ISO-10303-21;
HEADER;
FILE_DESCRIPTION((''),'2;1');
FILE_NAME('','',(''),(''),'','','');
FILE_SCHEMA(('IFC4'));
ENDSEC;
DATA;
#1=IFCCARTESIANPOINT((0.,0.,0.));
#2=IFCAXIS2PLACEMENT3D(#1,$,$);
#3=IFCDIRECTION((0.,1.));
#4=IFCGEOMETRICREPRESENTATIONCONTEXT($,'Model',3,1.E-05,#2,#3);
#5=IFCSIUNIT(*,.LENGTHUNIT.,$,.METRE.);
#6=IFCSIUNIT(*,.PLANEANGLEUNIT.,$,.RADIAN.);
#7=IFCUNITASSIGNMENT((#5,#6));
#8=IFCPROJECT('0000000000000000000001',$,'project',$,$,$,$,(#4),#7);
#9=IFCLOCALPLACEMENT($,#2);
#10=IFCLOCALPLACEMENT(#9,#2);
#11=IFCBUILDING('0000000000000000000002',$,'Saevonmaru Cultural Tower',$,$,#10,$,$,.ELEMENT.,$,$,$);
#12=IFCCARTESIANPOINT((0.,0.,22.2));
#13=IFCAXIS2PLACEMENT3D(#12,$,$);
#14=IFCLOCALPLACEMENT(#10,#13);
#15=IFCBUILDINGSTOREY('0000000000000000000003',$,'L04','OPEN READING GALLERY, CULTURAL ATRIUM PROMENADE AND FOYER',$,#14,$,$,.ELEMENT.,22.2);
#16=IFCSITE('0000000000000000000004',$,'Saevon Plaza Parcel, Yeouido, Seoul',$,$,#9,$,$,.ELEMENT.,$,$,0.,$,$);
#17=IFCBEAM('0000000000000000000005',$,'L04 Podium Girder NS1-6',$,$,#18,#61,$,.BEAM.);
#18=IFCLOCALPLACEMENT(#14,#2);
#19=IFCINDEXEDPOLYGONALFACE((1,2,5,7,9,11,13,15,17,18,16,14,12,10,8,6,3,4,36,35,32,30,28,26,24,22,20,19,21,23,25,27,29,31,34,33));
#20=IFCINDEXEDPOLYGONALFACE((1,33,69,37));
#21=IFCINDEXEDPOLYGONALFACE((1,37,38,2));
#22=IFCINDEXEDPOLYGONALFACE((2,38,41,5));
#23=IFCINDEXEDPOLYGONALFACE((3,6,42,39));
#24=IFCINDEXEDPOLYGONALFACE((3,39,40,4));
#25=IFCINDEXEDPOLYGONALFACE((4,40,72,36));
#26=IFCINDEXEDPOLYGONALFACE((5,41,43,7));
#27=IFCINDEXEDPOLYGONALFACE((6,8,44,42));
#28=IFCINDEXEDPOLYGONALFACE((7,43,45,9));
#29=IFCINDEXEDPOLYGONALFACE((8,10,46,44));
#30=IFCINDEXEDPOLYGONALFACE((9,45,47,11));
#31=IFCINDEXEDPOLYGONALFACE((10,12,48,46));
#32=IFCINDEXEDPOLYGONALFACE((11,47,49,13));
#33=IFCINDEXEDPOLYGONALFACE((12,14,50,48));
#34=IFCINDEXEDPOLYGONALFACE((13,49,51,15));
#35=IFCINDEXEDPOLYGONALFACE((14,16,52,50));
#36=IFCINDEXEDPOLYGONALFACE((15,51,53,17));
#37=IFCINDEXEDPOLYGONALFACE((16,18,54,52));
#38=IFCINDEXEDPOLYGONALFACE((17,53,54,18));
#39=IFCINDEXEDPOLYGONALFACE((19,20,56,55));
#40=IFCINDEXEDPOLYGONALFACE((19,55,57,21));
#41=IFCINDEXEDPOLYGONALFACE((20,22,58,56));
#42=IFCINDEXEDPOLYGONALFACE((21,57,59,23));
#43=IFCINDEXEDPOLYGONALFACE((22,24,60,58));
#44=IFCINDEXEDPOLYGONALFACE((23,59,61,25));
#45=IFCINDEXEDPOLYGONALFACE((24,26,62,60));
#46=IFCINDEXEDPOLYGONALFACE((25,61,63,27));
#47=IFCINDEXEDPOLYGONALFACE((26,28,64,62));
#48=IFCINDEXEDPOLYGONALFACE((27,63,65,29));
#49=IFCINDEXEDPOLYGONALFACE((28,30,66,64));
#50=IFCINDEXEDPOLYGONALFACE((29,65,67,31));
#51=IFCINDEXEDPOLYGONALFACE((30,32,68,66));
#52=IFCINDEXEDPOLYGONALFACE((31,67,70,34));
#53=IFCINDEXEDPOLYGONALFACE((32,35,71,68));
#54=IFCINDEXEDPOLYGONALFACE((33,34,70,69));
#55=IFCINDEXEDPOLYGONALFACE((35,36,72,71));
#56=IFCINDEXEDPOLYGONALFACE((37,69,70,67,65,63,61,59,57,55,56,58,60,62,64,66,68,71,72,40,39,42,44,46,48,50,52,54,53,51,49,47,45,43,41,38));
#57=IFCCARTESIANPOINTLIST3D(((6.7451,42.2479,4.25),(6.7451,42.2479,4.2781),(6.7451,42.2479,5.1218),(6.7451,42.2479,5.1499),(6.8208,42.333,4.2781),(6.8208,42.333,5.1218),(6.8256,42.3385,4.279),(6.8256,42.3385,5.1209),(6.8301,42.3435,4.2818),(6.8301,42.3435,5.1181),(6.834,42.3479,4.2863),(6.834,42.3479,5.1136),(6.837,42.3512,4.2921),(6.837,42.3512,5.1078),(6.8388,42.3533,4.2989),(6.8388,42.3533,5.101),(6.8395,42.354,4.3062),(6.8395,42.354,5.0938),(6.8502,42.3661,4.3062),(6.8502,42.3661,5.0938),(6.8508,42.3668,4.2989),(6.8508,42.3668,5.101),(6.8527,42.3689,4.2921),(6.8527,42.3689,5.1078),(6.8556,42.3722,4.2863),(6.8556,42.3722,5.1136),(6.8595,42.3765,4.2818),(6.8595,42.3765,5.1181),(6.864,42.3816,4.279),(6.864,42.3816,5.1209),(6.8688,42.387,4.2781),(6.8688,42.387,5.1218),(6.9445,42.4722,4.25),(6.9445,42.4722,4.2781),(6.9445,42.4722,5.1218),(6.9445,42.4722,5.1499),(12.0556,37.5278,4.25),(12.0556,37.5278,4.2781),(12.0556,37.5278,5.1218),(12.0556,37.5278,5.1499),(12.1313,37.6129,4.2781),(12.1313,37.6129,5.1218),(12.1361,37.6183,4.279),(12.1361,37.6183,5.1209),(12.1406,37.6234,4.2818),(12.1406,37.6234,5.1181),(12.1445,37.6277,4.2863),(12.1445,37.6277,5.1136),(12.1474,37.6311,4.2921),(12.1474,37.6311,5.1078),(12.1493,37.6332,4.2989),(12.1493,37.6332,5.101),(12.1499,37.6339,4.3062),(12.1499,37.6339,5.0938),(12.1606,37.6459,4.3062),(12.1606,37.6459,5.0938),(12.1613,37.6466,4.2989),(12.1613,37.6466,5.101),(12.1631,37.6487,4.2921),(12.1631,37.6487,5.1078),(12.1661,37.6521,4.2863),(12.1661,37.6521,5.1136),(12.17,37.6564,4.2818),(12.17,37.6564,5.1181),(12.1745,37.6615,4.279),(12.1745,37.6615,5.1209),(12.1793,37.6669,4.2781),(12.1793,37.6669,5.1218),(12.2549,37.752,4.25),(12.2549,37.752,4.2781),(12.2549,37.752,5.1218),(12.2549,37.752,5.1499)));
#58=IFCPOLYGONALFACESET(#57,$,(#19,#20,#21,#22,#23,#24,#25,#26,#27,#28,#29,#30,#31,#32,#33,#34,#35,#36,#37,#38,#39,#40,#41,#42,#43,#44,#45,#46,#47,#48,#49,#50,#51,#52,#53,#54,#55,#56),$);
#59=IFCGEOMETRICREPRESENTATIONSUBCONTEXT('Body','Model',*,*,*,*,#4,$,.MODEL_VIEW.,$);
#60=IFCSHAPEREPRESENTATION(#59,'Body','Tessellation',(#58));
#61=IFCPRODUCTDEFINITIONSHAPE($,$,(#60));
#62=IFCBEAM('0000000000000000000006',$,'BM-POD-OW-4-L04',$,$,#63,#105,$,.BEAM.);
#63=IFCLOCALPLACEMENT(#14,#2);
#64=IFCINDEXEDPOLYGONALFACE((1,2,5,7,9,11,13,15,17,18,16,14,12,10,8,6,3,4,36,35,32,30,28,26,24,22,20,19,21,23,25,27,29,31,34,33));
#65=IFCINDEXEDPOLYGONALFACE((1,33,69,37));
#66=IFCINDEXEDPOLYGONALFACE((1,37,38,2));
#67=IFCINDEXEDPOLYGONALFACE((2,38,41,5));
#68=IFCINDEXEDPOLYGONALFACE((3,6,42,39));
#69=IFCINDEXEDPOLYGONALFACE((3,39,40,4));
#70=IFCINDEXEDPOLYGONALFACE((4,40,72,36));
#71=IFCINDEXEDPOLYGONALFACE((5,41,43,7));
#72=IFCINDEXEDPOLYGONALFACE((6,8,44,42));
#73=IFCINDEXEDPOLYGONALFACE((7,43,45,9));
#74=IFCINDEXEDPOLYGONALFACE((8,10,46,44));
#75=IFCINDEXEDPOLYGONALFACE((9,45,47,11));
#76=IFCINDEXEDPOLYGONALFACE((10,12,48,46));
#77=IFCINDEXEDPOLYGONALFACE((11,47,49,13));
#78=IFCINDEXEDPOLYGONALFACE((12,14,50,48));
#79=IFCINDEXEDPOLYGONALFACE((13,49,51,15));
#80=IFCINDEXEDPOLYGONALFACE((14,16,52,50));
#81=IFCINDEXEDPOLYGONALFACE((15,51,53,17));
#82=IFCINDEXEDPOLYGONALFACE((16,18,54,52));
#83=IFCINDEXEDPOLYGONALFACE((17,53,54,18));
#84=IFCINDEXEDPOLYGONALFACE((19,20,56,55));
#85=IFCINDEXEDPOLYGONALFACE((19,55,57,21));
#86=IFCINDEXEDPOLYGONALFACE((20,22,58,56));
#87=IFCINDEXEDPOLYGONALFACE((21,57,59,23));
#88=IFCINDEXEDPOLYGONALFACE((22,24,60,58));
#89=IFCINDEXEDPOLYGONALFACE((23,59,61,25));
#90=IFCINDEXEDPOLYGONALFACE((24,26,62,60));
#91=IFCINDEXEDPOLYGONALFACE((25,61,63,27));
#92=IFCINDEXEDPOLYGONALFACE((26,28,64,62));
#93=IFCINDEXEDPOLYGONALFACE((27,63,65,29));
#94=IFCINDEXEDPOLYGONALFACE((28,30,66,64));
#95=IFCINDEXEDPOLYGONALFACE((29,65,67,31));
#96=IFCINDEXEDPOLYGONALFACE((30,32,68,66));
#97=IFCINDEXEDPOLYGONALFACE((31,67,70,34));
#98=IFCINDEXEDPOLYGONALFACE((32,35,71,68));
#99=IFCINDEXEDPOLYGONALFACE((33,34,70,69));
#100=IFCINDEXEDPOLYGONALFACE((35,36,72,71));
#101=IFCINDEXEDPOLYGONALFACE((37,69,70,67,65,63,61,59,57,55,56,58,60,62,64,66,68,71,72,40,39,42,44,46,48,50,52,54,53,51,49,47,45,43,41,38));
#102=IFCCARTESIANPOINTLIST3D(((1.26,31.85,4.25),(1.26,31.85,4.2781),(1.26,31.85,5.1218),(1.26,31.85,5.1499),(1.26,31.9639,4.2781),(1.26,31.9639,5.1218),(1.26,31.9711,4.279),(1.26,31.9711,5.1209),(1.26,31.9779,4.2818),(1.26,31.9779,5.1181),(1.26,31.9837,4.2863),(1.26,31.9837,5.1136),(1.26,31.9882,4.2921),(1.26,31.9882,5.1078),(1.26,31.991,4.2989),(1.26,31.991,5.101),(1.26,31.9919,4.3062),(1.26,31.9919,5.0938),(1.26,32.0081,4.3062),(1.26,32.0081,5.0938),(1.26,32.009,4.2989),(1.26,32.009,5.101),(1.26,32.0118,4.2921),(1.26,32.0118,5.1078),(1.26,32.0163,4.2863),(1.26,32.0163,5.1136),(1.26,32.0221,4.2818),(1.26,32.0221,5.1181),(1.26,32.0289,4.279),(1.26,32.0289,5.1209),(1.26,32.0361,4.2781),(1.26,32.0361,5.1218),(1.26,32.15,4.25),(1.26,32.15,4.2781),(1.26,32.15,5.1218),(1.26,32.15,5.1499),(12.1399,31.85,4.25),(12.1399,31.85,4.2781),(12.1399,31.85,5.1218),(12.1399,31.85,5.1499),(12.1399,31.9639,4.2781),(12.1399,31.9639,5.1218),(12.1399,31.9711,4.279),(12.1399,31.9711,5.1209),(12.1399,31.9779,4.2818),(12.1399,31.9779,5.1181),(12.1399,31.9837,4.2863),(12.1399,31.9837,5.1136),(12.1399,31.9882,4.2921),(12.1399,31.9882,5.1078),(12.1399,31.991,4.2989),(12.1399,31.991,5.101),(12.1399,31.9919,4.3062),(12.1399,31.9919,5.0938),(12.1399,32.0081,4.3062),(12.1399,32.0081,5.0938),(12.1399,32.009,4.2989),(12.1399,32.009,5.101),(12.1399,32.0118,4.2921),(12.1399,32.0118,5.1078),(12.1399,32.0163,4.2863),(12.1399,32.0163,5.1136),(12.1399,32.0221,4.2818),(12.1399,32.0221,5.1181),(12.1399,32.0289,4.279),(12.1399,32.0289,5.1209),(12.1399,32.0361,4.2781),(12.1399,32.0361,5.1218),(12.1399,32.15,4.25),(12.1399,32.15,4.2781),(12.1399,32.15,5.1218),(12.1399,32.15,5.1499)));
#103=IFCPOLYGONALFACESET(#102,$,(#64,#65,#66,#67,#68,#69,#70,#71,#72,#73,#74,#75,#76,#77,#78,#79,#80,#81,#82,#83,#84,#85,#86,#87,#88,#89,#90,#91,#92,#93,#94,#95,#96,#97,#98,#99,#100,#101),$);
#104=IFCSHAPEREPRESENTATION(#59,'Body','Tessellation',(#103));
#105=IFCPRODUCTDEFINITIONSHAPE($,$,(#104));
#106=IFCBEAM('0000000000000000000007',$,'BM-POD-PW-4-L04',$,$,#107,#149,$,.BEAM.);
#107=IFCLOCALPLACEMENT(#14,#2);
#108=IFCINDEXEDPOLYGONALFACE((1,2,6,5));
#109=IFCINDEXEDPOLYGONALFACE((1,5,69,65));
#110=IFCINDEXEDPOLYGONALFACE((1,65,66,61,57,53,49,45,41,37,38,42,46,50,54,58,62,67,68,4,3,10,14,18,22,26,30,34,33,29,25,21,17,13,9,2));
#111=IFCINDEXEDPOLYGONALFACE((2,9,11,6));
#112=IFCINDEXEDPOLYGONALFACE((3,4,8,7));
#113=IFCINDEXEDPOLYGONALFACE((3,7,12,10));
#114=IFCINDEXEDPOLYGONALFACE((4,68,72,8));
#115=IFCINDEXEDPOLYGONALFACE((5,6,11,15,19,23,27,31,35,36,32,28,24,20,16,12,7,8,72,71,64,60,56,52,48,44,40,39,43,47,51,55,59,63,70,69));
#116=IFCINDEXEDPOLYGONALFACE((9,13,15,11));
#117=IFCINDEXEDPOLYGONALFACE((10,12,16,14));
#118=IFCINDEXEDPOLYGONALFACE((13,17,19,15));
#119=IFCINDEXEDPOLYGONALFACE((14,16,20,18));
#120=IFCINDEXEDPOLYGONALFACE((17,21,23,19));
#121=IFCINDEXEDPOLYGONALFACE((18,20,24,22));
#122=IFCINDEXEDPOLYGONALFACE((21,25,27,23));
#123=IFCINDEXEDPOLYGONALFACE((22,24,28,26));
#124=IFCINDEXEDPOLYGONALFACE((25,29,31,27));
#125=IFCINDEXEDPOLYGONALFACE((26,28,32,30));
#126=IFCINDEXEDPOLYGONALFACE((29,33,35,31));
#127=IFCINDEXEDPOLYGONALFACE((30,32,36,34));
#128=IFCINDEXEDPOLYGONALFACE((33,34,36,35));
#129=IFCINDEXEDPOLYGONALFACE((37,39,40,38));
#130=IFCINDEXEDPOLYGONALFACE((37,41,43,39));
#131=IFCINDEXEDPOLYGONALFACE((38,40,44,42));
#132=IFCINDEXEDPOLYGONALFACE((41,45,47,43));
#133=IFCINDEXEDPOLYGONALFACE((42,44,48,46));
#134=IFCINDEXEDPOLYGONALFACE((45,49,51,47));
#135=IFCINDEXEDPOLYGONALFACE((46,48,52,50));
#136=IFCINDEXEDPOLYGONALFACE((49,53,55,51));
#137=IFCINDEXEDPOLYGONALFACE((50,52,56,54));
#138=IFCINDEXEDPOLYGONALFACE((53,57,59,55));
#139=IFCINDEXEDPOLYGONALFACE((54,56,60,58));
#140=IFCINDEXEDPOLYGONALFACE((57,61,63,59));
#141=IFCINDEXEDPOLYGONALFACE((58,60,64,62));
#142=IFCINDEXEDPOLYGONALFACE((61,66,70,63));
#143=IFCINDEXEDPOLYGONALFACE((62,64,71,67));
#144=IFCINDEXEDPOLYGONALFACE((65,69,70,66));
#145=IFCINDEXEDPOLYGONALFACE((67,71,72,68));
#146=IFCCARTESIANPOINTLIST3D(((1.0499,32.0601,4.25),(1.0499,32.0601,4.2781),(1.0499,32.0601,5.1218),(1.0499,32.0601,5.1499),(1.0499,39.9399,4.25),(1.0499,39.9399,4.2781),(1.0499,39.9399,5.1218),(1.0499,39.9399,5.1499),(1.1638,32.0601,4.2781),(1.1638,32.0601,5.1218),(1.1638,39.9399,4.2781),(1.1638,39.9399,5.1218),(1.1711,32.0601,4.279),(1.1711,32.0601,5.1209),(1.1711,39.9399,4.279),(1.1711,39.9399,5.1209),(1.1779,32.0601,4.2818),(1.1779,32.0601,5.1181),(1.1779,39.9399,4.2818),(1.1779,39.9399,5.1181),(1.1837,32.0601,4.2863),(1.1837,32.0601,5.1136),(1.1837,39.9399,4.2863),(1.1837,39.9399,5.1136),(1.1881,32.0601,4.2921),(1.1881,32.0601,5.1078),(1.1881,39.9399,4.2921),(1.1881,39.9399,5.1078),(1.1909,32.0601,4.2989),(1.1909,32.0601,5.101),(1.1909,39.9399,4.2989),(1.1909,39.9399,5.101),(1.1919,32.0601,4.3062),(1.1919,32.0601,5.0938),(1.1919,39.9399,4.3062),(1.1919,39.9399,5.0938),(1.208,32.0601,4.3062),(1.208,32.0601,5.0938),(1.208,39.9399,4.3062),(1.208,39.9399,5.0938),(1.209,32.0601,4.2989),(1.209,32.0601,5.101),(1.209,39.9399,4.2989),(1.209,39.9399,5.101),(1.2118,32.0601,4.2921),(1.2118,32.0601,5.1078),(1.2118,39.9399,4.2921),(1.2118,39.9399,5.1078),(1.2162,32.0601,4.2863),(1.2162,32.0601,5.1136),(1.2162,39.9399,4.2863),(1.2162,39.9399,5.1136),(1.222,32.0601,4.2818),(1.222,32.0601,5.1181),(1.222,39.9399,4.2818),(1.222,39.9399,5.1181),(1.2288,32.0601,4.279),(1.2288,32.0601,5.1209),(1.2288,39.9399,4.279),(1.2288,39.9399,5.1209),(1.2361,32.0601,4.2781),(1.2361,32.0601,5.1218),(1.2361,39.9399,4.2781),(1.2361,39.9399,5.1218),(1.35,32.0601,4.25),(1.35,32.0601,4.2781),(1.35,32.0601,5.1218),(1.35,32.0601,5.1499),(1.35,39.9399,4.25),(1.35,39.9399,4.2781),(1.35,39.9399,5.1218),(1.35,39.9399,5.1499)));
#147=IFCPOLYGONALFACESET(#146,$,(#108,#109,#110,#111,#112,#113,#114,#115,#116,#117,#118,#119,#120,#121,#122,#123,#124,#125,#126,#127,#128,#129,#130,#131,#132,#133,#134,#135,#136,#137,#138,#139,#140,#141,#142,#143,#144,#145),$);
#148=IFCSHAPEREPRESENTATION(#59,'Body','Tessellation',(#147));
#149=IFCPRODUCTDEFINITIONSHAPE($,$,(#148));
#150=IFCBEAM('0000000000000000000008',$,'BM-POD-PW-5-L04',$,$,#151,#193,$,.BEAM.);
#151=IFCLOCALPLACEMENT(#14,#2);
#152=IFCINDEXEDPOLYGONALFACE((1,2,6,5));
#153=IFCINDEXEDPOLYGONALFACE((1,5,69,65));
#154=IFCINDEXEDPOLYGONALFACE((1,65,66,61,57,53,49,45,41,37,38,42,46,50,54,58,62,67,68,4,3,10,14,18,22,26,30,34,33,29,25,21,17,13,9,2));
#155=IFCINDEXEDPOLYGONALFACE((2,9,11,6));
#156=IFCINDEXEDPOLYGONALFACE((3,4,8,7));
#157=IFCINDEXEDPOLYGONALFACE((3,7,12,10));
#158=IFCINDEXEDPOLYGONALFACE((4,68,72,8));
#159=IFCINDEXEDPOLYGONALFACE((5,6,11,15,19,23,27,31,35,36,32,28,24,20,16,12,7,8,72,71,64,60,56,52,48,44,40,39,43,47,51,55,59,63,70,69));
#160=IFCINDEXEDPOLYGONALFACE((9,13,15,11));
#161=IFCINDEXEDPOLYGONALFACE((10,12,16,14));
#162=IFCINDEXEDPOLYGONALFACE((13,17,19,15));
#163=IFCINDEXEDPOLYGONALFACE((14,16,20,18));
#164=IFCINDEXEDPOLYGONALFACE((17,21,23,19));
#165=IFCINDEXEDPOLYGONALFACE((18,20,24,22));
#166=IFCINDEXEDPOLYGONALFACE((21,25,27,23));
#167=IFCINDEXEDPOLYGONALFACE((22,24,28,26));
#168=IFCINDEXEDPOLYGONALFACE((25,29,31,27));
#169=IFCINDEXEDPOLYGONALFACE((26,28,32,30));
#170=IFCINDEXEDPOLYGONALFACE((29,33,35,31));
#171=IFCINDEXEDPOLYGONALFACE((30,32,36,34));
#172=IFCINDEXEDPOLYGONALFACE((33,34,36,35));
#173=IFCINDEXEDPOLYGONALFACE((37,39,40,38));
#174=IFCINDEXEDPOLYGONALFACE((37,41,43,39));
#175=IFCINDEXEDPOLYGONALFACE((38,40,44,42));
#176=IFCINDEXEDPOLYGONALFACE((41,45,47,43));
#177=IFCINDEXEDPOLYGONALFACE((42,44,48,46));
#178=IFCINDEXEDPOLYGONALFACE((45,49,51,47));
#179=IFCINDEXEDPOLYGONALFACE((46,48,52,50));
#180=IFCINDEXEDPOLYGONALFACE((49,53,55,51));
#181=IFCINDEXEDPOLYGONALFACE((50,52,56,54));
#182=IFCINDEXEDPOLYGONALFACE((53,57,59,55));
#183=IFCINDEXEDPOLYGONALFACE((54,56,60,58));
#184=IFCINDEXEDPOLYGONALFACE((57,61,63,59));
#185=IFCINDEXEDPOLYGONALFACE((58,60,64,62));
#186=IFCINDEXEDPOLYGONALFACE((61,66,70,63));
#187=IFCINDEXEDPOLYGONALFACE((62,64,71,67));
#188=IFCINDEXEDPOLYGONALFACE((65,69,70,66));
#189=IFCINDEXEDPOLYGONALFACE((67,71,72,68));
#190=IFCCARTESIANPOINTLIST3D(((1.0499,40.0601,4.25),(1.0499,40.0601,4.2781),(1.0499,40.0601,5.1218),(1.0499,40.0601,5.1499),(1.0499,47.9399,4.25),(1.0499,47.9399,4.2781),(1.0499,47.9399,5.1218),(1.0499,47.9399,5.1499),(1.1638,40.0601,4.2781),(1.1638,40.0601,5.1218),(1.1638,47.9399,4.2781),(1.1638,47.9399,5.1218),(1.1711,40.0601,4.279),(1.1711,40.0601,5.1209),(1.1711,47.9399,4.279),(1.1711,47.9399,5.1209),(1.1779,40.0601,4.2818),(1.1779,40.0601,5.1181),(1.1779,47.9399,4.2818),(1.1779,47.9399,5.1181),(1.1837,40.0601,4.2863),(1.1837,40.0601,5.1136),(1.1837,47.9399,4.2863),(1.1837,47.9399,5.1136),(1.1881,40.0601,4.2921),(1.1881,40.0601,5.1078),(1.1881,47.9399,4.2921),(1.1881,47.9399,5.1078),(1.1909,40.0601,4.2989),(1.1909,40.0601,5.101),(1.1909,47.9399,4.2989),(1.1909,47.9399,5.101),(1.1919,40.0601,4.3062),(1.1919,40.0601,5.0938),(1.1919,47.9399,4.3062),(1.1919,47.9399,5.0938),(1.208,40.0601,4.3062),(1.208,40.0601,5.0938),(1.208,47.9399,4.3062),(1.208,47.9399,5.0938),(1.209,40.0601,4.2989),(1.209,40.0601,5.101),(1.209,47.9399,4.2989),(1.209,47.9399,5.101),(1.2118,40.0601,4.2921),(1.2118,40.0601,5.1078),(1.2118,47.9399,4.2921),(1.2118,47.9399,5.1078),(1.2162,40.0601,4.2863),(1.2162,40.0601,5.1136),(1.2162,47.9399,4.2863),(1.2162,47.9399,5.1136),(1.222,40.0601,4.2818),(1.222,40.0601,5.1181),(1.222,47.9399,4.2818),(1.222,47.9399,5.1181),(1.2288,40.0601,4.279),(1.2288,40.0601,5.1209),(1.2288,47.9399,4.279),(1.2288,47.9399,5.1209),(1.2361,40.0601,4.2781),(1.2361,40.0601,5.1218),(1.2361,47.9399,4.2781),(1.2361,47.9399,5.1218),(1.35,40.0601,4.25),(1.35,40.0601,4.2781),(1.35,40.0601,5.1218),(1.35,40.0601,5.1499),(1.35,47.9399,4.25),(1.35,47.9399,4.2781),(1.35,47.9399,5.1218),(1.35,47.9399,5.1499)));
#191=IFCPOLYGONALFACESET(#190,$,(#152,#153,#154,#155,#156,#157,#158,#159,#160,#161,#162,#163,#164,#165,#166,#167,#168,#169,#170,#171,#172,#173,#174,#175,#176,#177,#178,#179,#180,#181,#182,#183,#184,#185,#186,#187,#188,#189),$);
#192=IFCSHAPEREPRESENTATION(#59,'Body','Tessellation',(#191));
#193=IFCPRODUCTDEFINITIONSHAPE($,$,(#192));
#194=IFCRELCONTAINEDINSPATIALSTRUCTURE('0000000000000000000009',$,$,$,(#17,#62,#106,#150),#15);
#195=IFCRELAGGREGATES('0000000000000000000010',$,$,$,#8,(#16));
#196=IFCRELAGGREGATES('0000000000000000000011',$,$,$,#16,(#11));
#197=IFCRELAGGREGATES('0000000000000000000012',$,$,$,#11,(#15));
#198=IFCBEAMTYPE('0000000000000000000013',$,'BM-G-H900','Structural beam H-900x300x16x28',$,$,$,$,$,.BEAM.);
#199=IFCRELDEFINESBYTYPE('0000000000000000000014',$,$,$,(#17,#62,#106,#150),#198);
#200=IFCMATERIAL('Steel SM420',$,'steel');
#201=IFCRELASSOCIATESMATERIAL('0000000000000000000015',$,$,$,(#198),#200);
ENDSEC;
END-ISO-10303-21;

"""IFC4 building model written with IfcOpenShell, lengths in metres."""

from ifc_helpers import new_model, si_unit, direction, frame, origin, origin_2d, place, context, subcontext, project, spatial, i_section, extrude, material, material_profile, profile_set, type_object, element, save


model = new_model("IFC4")

# Units and contexts
model_context = context("Model", 3, precision=1e-05, world=origin(), true_north=direction((0.0, 1.0)))
body_context = subcontext(model_context, "Body", "Model", "MODEL_VIEW")
ifc_project = project(units=[si_unit("LENGTHUNIT", "METRE"), si_unit("PLANEANGLEUNIT", "RADIAN")], contexts=[model_context])

# Site, building, storey
site_placement = place(None, origin())
site = spatial("IfcSite", under=ifc_project, at=site_placement, Name="Saevon Plaza Parcel, Yeouido, Seoul", CompositionType="ELEMENT", RefElevation=0.0)
building_placement = place(site_placement, origin())
building = spatial("IfcBuilding", under=site, at=building_placement, Name="Saevonmaru Cultural Tower", CompositionType="ELEMENT")
storey_placement = place(building_placement, frame((0.0, 0.0, 22.2)))
storey = spatial("IfcBuildingStorey", under=building, at=storey_placement, Name="L04", Description="OPEN READING GALLERY, CULTURAL ATRIUM PROMENADE AND FOYER", CompositionType="ELEMENT", Elevation=22.2)

# Shared definitions
ifc_material_1 = material(Name="Steel SM420", Category="steel")

# Beams
ifc_material_profile_1 = material_profile(ifc_material_1, i_section(OverallWidth=0.3, OverallDepth=0.8999, WebThickness=0.0161, FlangeThickness=0.0281, FilletRadius=0.0281, at=origin_2d()), Name="H-900x300x16x28")
ifc_profile_set_1 = profile_set([ifc_material_profile_1], Name="Steel SM420")
beam_type_1 = type_object("IfcBeamType", Name="BM-G-H900", Description="Structural beam H-900x300x16x28", PredefinedType="BEAM", material=ifc_profile_set_1)
beam_1_placement = place(storey_placement, frame((12.1553, 37.6399, 4.7), z_axis=(-0.747428, 0.664343, 0.0), x_axis=(-0.664343, -0.747428, 0.0)))
element("IfcBeam", 1, at=beam_1_placement, inside=storey, type_object=beam_type_1, Name="L04 Podium Girder NS1-6", PredefinedType="BEAM", context=body_context, shape_type="SweptSolid", body=[
    extrude(i_section(OverallWidth=0.3, OverallDepth=0.8999, WebThickness=0.0161, FlangeThickness=0.0281, FilletRadius=0.0281, at=origin_2d()), origin(), (0.0, 0.0, 1.0), 7.105),
])
beam_2_placement = place(storey_placement, frame((1.26, 32.0, 4.7), z_axis=(1.0, 0.0, 0.0), x_axis=(0.0, 1.0, 0.0)))
element("IfcBeam", 2, at=beam_2_placement, inside=storey, type_object=beam_type_1, Name="BM-POD-OW-4-L04", PredefinedType="BEAM", context=body_context, shape_type="SweptSolid", body=[
    extrude(i_section(OverallWidth=0.3, OverallDepth=0.8999, WebThickness=0.0161, FlangeThickness=0.0281, FilletRadius=0.0281, at=origin_2d()), origin(), (0.0, 0.0, 1.0), 10.8799),
])
for number, where, z_axis, x_axis, name in (
    (3, (1.2, 32.0601, 4.7), (0.0, 1.0, 0.0), (-1.0, 0.0, 0.0), "BM-POD-PW-4-L04"),
    (4, (1.2, 40.0601, 4.7), (0.0, 1.0, 0.0), (-1.0, 0.0, 0.0), "BM-POD-PW-5-L04"),
):
    element("IfcBeam", number, at=place(storey_placement, frame(where, z_axis=z_axis, x_axis=x_axis)), inside=storey, type_object=beam_type_1, Name=name, PredefinedType="BEAM", context=body_context, shape_type="SweptSolid", body=[
        extrude(i_section(OverallWidth=0.3, OverallDepth=0.8999, WebThickness=0.0161, FlangeThickness=0.0281, FilletRadius=0.0281, at=origin_2d()), origin(), (0.0, 0.0, 1.0), 7.8799),
    ])

save(model, "model.ifc")
